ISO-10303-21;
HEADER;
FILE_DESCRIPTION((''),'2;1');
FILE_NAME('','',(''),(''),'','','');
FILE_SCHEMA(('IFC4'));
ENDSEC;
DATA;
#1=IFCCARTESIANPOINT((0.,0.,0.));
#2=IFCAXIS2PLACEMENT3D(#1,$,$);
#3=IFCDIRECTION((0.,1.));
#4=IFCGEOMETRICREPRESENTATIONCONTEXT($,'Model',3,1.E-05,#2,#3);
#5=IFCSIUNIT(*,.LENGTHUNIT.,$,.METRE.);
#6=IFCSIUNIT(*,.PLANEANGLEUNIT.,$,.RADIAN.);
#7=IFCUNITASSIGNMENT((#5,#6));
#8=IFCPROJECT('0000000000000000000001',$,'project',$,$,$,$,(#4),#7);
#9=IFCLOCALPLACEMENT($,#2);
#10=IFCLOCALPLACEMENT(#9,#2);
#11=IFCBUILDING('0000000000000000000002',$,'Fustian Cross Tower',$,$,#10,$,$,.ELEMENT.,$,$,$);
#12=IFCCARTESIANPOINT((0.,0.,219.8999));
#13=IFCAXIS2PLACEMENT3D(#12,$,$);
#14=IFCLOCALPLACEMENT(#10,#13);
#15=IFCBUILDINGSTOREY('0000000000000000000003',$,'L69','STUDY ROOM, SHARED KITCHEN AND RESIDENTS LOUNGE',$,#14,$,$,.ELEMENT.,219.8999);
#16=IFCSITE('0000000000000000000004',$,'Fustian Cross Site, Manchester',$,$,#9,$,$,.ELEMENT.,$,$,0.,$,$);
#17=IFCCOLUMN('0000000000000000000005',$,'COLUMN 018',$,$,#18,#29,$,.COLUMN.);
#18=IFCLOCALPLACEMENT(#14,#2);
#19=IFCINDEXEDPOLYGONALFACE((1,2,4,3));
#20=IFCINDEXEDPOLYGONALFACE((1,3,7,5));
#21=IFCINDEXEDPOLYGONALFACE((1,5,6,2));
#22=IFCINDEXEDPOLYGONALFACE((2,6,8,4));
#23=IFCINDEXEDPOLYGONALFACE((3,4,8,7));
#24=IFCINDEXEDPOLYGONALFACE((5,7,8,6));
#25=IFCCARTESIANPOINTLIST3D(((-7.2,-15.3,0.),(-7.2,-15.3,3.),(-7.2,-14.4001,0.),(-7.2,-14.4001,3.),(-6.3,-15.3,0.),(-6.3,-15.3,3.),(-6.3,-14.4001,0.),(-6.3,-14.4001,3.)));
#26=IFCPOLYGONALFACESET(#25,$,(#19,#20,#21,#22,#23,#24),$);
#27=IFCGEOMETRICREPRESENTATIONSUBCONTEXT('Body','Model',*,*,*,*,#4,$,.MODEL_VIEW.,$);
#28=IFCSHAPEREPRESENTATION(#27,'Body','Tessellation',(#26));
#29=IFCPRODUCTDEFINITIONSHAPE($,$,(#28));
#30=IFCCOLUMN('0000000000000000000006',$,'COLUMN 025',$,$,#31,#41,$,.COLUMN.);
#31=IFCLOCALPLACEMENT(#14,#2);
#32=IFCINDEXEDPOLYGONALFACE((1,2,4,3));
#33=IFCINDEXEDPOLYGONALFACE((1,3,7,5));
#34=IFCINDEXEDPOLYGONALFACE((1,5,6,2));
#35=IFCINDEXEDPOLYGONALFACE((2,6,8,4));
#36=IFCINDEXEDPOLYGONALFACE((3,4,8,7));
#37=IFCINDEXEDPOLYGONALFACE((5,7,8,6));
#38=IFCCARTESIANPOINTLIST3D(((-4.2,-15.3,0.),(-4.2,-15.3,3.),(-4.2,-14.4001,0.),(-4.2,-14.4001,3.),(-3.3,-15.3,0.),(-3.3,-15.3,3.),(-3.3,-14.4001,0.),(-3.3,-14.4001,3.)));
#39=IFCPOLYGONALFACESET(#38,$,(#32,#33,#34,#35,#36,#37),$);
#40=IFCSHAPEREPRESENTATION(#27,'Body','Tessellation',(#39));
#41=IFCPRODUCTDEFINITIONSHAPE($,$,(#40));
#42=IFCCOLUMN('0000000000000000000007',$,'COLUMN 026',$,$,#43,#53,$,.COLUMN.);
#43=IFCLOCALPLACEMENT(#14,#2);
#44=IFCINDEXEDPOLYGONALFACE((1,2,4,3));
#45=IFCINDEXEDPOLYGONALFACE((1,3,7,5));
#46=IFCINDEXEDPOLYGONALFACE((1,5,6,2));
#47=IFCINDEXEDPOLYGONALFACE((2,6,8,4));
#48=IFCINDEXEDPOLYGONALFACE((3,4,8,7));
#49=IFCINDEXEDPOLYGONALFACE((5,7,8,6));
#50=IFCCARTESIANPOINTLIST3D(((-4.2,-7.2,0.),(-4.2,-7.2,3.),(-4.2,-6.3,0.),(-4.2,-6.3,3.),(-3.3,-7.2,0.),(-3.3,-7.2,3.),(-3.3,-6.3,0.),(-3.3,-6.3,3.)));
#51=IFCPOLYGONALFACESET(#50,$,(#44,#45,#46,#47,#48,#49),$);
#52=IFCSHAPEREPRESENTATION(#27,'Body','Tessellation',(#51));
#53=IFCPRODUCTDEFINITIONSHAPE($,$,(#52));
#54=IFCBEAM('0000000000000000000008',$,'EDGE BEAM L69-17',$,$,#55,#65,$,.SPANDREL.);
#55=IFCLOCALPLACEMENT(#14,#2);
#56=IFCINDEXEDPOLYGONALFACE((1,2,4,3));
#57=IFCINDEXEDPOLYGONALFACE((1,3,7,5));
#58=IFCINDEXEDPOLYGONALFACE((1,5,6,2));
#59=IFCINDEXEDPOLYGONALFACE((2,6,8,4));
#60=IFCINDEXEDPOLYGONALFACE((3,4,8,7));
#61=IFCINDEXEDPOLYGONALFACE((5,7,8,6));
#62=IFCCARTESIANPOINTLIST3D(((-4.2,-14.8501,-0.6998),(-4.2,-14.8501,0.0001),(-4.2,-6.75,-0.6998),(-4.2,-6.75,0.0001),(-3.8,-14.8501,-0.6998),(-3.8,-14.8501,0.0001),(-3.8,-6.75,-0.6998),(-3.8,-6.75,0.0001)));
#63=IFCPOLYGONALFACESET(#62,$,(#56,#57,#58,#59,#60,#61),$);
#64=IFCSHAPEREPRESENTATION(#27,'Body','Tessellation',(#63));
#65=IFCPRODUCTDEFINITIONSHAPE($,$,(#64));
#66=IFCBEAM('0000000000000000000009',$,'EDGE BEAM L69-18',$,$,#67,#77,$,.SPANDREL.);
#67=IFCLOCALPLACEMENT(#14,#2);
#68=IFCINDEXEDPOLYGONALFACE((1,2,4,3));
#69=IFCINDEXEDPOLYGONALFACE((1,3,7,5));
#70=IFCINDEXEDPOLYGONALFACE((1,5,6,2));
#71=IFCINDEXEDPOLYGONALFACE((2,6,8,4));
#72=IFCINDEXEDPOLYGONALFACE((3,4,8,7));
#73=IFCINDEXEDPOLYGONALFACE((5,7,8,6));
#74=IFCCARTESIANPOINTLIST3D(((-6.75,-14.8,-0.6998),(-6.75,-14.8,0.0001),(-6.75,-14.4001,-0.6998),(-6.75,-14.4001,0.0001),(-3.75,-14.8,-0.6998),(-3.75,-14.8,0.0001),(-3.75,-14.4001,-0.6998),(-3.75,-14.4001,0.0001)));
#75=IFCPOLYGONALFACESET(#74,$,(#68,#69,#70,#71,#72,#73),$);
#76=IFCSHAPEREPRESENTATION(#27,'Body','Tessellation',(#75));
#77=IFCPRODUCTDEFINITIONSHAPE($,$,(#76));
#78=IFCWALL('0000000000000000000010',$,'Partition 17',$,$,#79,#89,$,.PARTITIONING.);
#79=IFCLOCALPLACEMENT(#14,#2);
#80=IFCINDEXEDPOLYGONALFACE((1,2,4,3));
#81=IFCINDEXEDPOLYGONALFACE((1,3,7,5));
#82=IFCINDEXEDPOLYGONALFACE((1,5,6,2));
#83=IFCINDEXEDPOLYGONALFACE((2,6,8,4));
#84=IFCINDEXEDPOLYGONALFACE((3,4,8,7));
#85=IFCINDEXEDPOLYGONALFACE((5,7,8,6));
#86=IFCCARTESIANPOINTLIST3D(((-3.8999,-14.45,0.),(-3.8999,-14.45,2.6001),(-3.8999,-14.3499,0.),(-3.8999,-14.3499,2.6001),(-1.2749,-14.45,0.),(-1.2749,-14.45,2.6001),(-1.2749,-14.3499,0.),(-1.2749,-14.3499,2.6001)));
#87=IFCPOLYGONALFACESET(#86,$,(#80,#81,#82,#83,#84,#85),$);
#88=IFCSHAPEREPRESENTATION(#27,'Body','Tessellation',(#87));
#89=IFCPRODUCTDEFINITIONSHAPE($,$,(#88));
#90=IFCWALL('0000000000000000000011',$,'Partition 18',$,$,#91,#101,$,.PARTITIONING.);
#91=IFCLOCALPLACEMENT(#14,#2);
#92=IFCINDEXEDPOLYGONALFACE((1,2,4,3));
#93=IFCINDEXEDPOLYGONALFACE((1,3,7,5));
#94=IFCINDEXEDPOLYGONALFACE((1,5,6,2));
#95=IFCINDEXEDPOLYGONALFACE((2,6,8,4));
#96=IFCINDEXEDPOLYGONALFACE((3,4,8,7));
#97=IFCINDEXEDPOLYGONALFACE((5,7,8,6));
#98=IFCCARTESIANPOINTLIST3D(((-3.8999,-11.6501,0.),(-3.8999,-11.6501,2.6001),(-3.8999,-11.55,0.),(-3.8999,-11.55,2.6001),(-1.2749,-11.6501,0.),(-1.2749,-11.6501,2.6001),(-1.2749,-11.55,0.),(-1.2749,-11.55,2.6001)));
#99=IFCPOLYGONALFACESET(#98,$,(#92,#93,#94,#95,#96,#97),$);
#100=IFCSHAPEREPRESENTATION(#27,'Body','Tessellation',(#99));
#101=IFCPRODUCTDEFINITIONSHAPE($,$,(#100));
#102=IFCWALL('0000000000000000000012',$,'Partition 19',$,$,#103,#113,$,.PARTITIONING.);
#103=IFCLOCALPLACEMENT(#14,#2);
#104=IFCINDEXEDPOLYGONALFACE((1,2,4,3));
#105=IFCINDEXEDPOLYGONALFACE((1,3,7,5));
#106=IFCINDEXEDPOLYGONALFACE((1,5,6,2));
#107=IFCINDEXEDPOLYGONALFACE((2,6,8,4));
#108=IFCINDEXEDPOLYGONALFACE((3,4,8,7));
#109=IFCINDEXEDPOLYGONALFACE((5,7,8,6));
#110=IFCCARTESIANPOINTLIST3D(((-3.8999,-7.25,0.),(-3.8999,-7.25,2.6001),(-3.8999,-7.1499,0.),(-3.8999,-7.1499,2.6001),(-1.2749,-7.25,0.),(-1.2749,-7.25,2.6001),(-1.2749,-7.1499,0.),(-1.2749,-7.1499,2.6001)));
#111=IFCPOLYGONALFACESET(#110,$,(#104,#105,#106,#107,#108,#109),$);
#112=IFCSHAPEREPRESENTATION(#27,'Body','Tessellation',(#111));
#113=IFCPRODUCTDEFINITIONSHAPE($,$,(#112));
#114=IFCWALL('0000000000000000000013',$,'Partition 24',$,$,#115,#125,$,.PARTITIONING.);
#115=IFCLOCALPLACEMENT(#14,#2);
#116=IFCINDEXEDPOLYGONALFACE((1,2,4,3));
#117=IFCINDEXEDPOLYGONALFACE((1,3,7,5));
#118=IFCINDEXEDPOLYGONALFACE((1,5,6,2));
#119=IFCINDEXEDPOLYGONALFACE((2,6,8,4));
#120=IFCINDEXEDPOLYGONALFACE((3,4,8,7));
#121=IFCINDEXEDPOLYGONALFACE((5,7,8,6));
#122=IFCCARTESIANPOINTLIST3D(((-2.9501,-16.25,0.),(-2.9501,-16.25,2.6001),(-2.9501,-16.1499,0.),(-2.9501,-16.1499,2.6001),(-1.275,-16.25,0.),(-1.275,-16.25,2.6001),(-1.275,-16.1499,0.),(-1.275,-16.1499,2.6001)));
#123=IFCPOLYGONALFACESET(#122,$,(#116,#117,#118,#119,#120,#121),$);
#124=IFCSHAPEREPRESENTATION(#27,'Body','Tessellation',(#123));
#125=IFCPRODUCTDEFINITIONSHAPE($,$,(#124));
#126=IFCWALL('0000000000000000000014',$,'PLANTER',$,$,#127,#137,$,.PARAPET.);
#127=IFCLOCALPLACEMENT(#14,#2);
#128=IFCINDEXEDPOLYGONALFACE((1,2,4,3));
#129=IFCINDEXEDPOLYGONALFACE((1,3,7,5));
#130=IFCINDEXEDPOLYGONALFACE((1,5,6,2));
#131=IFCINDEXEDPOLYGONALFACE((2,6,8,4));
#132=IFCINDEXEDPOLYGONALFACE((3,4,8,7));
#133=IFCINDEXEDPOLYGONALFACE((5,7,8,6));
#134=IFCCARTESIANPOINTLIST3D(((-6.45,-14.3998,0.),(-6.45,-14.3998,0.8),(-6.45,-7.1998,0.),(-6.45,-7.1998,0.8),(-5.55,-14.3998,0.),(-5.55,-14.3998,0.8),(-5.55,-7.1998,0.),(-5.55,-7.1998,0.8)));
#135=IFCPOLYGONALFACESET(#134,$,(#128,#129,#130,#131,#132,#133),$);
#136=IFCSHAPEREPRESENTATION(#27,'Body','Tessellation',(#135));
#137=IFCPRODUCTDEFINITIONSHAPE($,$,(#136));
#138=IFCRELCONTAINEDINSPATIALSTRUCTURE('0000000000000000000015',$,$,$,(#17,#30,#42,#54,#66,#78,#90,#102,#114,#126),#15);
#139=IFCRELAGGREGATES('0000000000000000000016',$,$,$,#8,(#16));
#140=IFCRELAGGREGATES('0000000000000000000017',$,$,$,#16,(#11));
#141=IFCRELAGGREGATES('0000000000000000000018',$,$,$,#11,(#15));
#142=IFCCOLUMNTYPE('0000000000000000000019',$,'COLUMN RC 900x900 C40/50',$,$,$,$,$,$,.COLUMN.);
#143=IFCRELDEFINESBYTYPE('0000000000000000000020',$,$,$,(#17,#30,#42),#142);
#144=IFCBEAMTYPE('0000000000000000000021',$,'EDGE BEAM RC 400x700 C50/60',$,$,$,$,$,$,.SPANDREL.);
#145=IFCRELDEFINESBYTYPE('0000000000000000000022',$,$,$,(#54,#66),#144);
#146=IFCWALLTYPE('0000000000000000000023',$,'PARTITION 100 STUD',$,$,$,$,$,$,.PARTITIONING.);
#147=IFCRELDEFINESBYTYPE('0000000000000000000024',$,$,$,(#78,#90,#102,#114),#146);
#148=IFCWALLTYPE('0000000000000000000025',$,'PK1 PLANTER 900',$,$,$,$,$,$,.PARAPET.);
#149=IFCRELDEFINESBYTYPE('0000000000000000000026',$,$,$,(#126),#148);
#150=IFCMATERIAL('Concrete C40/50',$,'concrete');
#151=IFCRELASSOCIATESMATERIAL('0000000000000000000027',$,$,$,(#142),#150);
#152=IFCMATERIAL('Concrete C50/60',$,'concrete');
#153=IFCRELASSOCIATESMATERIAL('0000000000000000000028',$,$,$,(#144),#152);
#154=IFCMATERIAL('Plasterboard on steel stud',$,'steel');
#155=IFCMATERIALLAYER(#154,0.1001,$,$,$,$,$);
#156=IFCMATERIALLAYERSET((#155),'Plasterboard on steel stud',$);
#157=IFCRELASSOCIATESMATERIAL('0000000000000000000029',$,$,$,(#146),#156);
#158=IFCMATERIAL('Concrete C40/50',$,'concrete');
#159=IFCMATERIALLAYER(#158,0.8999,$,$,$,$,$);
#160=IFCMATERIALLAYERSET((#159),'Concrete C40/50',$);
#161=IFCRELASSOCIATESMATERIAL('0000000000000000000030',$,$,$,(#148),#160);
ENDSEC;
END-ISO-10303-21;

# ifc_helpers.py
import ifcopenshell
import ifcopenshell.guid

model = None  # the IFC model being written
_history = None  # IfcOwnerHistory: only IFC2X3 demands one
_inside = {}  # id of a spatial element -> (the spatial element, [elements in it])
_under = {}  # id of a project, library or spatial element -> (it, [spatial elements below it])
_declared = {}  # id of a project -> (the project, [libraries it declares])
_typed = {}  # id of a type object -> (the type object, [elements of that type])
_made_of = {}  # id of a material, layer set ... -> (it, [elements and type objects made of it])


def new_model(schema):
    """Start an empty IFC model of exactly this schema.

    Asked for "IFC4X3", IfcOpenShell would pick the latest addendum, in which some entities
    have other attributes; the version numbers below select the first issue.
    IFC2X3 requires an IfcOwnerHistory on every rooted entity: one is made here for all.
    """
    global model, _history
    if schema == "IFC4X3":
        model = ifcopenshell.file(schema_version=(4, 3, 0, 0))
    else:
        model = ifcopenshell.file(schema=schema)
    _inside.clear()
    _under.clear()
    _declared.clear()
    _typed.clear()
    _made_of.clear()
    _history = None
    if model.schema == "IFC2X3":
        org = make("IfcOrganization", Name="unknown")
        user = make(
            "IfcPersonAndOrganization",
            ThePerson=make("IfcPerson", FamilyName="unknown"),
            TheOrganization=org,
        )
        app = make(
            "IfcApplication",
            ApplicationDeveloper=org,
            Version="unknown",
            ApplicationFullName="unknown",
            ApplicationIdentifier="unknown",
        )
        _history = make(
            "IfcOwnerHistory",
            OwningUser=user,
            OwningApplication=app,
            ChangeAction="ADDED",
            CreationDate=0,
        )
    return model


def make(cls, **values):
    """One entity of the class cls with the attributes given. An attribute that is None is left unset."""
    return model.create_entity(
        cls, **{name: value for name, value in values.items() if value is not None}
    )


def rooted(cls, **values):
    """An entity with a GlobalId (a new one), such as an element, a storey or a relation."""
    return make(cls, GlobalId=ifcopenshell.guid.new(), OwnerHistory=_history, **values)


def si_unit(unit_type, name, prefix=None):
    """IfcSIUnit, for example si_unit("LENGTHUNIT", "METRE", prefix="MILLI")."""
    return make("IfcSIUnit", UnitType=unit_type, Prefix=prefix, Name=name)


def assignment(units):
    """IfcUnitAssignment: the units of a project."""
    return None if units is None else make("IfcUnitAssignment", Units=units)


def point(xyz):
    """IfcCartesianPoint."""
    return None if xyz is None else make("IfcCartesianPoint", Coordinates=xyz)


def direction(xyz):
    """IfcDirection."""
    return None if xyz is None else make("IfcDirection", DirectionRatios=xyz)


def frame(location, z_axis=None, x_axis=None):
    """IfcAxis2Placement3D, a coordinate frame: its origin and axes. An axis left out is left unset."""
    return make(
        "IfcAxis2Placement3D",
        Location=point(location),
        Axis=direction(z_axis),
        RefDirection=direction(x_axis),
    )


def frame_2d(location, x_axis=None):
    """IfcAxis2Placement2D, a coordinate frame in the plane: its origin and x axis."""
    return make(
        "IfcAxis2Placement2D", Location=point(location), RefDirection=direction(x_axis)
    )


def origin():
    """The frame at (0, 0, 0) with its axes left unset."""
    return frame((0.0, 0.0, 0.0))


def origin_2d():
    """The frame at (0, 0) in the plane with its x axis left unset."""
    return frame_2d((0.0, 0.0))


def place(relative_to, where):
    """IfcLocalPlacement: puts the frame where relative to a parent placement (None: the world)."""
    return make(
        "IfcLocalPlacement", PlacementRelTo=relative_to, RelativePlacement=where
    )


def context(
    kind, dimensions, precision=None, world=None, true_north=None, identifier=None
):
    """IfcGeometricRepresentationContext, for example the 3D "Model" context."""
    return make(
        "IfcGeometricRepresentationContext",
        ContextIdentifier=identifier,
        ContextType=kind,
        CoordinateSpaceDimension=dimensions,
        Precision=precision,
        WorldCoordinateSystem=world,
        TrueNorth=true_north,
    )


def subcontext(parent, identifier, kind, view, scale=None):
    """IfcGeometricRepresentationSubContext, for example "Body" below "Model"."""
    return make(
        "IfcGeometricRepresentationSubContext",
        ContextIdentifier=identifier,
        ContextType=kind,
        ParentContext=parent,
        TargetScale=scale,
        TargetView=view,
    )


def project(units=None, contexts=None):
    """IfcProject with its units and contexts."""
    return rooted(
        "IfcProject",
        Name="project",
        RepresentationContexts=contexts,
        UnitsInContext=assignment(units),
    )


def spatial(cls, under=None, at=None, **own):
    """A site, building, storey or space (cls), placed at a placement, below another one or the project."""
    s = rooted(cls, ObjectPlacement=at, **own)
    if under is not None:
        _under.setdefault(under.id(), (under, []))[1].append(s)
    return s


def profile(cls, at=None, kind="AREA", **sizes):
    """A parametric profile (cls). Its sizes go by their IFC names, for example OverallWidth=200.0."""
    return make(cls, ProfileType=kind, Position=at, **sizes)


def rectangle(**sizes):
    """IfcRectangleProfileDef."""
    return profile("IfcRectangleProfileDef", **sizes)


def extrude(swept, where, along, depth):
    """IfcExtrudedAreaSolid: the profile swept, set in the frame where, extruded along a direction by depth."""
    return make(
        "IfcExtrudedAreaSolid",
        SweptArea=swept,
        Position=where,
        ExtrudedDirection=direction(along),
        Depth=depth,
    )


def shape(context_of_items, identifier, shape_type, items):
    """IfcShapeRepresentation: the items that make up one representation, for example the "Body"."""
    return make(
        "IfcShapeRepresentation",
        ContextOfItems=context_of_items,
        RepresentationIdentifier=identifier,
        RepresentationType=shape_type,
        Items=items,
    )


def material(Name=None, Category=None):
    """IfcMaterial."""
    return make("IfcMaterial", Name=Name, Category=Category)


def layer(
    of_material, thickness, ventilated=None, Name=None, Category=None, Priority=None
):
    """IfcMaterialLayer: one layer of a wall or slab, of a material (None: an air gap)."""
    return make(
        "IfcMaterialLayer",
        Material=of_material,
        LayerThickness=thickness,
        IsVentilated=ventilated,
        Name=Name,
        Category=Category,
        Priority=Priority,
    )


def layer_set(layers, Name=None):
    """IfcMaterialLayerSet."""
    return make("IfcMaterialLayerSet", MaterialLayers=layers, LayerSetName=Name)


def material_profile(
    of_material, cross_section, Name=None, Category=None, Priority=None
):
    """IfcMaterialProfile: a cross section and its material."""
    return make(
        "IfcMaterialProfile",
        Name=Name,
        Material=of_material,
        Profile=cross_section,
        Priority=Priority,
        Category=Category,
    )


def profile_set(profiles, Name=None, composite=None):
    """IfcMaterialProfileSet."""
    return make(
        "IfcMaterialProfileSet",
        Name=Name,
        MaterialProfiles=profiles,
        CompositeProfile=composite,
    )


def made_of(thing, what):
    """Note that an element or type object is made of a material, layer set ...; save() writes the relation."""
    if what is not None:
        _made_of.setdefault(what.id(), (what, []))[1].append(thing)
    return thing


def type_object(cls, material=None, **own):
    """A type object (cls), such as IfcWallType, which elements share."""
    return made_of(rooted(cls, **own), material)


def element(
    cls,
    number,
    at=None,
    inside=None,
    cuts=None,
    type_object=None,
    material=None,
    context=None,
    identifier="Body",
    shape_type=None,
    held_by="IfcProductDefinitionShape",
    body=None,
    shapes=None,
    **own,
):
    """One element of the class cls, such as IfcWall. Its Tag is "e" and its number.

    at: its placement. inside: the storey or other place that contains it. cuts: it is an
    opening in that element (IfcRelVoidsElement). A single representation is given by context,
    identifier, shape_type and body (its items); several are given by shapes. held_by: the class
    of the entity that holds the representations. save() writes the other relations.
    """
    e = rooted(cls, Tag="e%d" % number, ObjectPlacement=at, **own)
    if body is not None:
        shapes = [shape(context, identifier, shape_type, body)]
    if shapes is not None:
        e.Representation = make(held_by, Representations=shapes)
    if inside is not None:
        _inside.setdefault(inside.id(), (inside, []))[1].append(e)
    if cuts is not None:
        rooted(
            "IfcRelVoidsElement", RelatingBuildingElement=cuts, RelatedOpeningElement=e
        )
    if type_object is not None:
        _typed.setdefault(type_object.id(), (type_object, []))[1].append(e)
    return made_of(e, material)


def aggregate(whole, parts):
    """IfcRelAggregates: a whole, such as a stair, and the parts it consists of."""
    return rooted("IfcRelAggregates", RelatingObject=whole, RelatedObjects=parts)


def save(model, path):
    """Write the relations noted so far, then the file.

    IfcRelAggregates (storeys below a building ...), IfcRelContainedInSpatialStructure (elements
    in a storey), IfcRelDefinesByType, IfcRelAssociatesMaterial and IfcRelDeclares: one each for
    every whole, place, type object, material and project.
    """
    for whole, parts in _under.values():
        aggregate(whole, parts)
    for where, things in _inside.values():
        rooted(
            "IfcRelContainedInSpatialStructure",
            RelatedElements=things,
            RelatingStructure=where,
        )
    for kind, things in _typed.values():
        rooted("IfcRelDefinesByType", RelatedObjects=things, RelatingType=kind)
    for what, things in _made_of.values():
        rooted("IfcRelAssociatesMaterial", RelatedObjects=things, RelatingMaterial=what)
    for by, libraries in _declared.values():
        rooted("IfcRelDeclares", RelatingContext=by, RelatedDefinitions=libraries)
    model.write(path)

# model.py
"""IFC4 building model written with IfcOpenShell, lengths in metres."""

from ifc_helpers import new_model, si_unit, direction, frame, frame_2d, origin, origin_2d, place, context, subcontext, project, spatial, rectangle, extrude, material, layer, layer_set, material_profile, profile_set, type_object, element, save


model = new_model("IFC4")

# Units and contexts
model_context = context("Model", 3, precision=1e-05, world=origin(), true_north=direction((0.0, 1.0)))
body_context = subcontext(model_context, "Body", "Model", "MODEL_VIEW")
ifc_project = project(units=[si_unit("LENGTHUNIT", "METRE"), si_unit("PLANEANGLEUNIT", "RADIAN")], contexts=[model_context])

# Site, building, storey
site_placement = place(None, origin())
site = spatial("IfcSite", under=ifc_project, at=site_placement, Name="Fustian Cross Site, Manchester", CompositionType="ELEMENT", RefElevation=0.0)
building_placement = place(site_placement, origin())
building = spatial("IfcBuilding", under=site, at=building_placement, Name="Fustian Cross Tower", CompositionType="ELEMENT")
storey_placement = place(building_placement, frame((0.0, 0.0, 219.8999)))
storey = spatial("IfcBuildingStorey", under=building, at=storey_placement, Name="L69", Description="STUDY ROOM, SHARED KITCHEN AND RESIDENTS LOUNGE", CompositionType="ELEMENT", Elevation=219.8999)

# Columns
ifc_material_1 = material(Name="Concrete C40/50", Category="concrete")
ifc_material_profile_1 = material_profile(ifc_material_1, rectangle(XDim=0.8999, YDim=0.8999, at=origin_2d()), Name="RC 900x900")
ifc_profile_set_1 = profile_set([ifc_material_profile_1], Name="Concrete C40/50")
column_type = type_object("IfcColumnType", Name="COLUMN RC 900x900 C40/50", PredefinedType="COLUMN", material=ifc_profile_set_1)
for number, where, z_axis, x_axis, name in (
    (1, (-6.75, -14.8501, 0.0), (0.0, 0.0, 1.0), (1.0, 0.0, 0.0), "COLUMN 018"),
    (2, (-3.75, -14.8501, 0.0), (0.0, 0.0, 1.0), (1.0, 0.0, 0.0), "COLUMN 025"),
    (3, (-3.75, -6.75, 0.0), (0.0, 0.0, 1.0), (1.0, 0.0, 0.0), "COLUMN 026"),
):
    element("IfcColumn", number, at=place(storey_placement, frame(where, z_axis=z_axis, x_axis=x_axis)), inside=storey, type_object=column_type, Name=name, PredefinedType="COLUMN", context=body_context, shape_type="SweptSolid", body=[
        extrude(rectangle(XDim=0.8999, YDim=0.8999, at=origin_2d()), origin(), (0.0, 0.0, 1.0), 3.0),
    ])

# Beams
ifc_material_2 = material(Name="Concrete C50/60", Category="concrete")
ifc_material_profile_2 = material_profile(ifc_material_2, rectangle(XDim=0.3999, YDim=0.7, at=origin_2d()), Name="RC 400x700")
ifc_profile_set_2 = profile_set([ifc_material_profile_2], Name="Concrete C50/60")
beam_type = type_object("IfcBeamType", Name="EDGE BEAM RC 400x700 C50/60", PredefinedType="SPANDREL", material=ifc_profile_set_2)
beam_1_placement = place(storey_placement, frame((-4.0, -6.75, -0.3499), z_axis=(0.0, -1.0, 0.0), x_axis=(1.0, 0.0, 0.0)))
element("IfcBeam", 4, at=beam_1_placement, inside=storey, type_object=beam_type, Name="EDGE BEAM L69-17", PredefinedType="SPANDREL", context=body_context, shape_type="SweptSolid", body=[
    extrude(rectangle(XDim=0.3999, YDim=0.7, at=origin_2d()), origin(), (0.0, 0.0, 1.0), 8.1001),
])
beam_2_placement = place(storey_placement, frame((-3.75, -14.6001, -0.3499), z_axis=(-1.0, 0.0, 0.0), x_axis=(0.0, -1.0, 0.0)))
element("IfcBeam", 5, at=beam_2_placement, inside=storey, type_object=beam_type, Name="EDGE BEAM L69-18", PredefinedType="SPANDREL", context=body_context, shape_type="SweptSolid", body=[
    extrude(rectangle(XDim=0.3999, YDim=0.7, at=origin_2d()), origin(), (0.0, 0.0, 1.0), 3.0),
])

# Walls
ifc_material_3 = material(Name="Plasterboard on steel stud", Category="steel")
ifc_layer_1 = layer(ifc_material_3, 0.1001)
ifc_layer_set_1 = layer_set([ifc_layer_1], Name="Plasterboard on steel stud")
wall_type_1 = type_object("IfcWallType", Name="PARTITION 100 STUD", PredefinedType="PARTITIONING", material=ifc_layer_set_1)
for number, where, z_axis, x_axis, name in (
    (6, (-3.8999, -14.3999, 0.0), (0.0, 0.0, 1.0), (1.0, 0.0, 0.0), "Partition 17"),
    (7, (-3.8999, -11.6001, 0.0), (0.0, 0.0, 1.0), (1.0, 0.0, 0.0), "Partition 18"),
    (8, (-3.8999, -7.2, 0.0), (0.0, 0.0, 1.0), (1.0, 0.0, 0.0), "Partition 19"),
):
    element("IfcWall", number, at=place(storey_placement, frame(where, z_axis=z_axis, x_axis=x_axis)), inside=storey, type_object=wall_type_1, Name=name, PredefinedType="PARTITIONING", context=body_context, shape_type="SweptSolid", body=[
        extrude(rectangle(XDim=2.625, YDim=0.1001, at=frame_2d((1.3125, 0.0))), origin(), (0.0, 0.0, 1.0), 2.6001),
    ])
wall_1_placement = place(storey_placement, frame((-2.95, -16.2, 0.0), z_axis=(0.0, 0.0, 1.0), x_axis=(1.0, 0.0, 0.0)))
element("IfcWall", 9, at=wall_1_placement, inside=storey, type_object=wall_type_1, Name="Partition 24", PredefinedType="PARTITIONING", context=body_context, shape_type="SweptSolid", body=[
    extrude(rectangle(XDim=1.675, YDim=0.1001, at=frame_2d((0.8374, 0.0))), origin(), (0.0, 0.0, 1.0), 2.6001),
])
ifc_material_4 = material(Name="Concrete C40/50", Category="concrete")
ifc_layer_2 = layer(ifc_material_4, 0.8999)
ifc_layer_set_2 = layer_set([ifc_layer_2], Name="Concrete C40/50")
wall_type_2 = type_object("IfcWallType", Name="PK1 PLANTER 900", PredefinedType="PARAPET", material=ifc_layer_set_2)
wall_2_placement = place(storey_placement, frame((-6.0, -14.3999, 0.0), z_axis=(0.0, 0.0, 1.0), x_axis=(0.0, 1.0, 0.0)))
element("IfcWall", 10, at=wall_2_placement, inside=storey, type_object=wall_type_2, Name="PLANTER", PredefinedType="PARAPET", context=body_context, shape_type="SweptSolid", body=[
    extrude(rectangle(XDim=7.2, YDim=0.8999, at=frame_2d((3.6001, 0.0))), origin(), (0.0, 0.0, 1.0), 0.8),
])

save(model, "model.ifc")
